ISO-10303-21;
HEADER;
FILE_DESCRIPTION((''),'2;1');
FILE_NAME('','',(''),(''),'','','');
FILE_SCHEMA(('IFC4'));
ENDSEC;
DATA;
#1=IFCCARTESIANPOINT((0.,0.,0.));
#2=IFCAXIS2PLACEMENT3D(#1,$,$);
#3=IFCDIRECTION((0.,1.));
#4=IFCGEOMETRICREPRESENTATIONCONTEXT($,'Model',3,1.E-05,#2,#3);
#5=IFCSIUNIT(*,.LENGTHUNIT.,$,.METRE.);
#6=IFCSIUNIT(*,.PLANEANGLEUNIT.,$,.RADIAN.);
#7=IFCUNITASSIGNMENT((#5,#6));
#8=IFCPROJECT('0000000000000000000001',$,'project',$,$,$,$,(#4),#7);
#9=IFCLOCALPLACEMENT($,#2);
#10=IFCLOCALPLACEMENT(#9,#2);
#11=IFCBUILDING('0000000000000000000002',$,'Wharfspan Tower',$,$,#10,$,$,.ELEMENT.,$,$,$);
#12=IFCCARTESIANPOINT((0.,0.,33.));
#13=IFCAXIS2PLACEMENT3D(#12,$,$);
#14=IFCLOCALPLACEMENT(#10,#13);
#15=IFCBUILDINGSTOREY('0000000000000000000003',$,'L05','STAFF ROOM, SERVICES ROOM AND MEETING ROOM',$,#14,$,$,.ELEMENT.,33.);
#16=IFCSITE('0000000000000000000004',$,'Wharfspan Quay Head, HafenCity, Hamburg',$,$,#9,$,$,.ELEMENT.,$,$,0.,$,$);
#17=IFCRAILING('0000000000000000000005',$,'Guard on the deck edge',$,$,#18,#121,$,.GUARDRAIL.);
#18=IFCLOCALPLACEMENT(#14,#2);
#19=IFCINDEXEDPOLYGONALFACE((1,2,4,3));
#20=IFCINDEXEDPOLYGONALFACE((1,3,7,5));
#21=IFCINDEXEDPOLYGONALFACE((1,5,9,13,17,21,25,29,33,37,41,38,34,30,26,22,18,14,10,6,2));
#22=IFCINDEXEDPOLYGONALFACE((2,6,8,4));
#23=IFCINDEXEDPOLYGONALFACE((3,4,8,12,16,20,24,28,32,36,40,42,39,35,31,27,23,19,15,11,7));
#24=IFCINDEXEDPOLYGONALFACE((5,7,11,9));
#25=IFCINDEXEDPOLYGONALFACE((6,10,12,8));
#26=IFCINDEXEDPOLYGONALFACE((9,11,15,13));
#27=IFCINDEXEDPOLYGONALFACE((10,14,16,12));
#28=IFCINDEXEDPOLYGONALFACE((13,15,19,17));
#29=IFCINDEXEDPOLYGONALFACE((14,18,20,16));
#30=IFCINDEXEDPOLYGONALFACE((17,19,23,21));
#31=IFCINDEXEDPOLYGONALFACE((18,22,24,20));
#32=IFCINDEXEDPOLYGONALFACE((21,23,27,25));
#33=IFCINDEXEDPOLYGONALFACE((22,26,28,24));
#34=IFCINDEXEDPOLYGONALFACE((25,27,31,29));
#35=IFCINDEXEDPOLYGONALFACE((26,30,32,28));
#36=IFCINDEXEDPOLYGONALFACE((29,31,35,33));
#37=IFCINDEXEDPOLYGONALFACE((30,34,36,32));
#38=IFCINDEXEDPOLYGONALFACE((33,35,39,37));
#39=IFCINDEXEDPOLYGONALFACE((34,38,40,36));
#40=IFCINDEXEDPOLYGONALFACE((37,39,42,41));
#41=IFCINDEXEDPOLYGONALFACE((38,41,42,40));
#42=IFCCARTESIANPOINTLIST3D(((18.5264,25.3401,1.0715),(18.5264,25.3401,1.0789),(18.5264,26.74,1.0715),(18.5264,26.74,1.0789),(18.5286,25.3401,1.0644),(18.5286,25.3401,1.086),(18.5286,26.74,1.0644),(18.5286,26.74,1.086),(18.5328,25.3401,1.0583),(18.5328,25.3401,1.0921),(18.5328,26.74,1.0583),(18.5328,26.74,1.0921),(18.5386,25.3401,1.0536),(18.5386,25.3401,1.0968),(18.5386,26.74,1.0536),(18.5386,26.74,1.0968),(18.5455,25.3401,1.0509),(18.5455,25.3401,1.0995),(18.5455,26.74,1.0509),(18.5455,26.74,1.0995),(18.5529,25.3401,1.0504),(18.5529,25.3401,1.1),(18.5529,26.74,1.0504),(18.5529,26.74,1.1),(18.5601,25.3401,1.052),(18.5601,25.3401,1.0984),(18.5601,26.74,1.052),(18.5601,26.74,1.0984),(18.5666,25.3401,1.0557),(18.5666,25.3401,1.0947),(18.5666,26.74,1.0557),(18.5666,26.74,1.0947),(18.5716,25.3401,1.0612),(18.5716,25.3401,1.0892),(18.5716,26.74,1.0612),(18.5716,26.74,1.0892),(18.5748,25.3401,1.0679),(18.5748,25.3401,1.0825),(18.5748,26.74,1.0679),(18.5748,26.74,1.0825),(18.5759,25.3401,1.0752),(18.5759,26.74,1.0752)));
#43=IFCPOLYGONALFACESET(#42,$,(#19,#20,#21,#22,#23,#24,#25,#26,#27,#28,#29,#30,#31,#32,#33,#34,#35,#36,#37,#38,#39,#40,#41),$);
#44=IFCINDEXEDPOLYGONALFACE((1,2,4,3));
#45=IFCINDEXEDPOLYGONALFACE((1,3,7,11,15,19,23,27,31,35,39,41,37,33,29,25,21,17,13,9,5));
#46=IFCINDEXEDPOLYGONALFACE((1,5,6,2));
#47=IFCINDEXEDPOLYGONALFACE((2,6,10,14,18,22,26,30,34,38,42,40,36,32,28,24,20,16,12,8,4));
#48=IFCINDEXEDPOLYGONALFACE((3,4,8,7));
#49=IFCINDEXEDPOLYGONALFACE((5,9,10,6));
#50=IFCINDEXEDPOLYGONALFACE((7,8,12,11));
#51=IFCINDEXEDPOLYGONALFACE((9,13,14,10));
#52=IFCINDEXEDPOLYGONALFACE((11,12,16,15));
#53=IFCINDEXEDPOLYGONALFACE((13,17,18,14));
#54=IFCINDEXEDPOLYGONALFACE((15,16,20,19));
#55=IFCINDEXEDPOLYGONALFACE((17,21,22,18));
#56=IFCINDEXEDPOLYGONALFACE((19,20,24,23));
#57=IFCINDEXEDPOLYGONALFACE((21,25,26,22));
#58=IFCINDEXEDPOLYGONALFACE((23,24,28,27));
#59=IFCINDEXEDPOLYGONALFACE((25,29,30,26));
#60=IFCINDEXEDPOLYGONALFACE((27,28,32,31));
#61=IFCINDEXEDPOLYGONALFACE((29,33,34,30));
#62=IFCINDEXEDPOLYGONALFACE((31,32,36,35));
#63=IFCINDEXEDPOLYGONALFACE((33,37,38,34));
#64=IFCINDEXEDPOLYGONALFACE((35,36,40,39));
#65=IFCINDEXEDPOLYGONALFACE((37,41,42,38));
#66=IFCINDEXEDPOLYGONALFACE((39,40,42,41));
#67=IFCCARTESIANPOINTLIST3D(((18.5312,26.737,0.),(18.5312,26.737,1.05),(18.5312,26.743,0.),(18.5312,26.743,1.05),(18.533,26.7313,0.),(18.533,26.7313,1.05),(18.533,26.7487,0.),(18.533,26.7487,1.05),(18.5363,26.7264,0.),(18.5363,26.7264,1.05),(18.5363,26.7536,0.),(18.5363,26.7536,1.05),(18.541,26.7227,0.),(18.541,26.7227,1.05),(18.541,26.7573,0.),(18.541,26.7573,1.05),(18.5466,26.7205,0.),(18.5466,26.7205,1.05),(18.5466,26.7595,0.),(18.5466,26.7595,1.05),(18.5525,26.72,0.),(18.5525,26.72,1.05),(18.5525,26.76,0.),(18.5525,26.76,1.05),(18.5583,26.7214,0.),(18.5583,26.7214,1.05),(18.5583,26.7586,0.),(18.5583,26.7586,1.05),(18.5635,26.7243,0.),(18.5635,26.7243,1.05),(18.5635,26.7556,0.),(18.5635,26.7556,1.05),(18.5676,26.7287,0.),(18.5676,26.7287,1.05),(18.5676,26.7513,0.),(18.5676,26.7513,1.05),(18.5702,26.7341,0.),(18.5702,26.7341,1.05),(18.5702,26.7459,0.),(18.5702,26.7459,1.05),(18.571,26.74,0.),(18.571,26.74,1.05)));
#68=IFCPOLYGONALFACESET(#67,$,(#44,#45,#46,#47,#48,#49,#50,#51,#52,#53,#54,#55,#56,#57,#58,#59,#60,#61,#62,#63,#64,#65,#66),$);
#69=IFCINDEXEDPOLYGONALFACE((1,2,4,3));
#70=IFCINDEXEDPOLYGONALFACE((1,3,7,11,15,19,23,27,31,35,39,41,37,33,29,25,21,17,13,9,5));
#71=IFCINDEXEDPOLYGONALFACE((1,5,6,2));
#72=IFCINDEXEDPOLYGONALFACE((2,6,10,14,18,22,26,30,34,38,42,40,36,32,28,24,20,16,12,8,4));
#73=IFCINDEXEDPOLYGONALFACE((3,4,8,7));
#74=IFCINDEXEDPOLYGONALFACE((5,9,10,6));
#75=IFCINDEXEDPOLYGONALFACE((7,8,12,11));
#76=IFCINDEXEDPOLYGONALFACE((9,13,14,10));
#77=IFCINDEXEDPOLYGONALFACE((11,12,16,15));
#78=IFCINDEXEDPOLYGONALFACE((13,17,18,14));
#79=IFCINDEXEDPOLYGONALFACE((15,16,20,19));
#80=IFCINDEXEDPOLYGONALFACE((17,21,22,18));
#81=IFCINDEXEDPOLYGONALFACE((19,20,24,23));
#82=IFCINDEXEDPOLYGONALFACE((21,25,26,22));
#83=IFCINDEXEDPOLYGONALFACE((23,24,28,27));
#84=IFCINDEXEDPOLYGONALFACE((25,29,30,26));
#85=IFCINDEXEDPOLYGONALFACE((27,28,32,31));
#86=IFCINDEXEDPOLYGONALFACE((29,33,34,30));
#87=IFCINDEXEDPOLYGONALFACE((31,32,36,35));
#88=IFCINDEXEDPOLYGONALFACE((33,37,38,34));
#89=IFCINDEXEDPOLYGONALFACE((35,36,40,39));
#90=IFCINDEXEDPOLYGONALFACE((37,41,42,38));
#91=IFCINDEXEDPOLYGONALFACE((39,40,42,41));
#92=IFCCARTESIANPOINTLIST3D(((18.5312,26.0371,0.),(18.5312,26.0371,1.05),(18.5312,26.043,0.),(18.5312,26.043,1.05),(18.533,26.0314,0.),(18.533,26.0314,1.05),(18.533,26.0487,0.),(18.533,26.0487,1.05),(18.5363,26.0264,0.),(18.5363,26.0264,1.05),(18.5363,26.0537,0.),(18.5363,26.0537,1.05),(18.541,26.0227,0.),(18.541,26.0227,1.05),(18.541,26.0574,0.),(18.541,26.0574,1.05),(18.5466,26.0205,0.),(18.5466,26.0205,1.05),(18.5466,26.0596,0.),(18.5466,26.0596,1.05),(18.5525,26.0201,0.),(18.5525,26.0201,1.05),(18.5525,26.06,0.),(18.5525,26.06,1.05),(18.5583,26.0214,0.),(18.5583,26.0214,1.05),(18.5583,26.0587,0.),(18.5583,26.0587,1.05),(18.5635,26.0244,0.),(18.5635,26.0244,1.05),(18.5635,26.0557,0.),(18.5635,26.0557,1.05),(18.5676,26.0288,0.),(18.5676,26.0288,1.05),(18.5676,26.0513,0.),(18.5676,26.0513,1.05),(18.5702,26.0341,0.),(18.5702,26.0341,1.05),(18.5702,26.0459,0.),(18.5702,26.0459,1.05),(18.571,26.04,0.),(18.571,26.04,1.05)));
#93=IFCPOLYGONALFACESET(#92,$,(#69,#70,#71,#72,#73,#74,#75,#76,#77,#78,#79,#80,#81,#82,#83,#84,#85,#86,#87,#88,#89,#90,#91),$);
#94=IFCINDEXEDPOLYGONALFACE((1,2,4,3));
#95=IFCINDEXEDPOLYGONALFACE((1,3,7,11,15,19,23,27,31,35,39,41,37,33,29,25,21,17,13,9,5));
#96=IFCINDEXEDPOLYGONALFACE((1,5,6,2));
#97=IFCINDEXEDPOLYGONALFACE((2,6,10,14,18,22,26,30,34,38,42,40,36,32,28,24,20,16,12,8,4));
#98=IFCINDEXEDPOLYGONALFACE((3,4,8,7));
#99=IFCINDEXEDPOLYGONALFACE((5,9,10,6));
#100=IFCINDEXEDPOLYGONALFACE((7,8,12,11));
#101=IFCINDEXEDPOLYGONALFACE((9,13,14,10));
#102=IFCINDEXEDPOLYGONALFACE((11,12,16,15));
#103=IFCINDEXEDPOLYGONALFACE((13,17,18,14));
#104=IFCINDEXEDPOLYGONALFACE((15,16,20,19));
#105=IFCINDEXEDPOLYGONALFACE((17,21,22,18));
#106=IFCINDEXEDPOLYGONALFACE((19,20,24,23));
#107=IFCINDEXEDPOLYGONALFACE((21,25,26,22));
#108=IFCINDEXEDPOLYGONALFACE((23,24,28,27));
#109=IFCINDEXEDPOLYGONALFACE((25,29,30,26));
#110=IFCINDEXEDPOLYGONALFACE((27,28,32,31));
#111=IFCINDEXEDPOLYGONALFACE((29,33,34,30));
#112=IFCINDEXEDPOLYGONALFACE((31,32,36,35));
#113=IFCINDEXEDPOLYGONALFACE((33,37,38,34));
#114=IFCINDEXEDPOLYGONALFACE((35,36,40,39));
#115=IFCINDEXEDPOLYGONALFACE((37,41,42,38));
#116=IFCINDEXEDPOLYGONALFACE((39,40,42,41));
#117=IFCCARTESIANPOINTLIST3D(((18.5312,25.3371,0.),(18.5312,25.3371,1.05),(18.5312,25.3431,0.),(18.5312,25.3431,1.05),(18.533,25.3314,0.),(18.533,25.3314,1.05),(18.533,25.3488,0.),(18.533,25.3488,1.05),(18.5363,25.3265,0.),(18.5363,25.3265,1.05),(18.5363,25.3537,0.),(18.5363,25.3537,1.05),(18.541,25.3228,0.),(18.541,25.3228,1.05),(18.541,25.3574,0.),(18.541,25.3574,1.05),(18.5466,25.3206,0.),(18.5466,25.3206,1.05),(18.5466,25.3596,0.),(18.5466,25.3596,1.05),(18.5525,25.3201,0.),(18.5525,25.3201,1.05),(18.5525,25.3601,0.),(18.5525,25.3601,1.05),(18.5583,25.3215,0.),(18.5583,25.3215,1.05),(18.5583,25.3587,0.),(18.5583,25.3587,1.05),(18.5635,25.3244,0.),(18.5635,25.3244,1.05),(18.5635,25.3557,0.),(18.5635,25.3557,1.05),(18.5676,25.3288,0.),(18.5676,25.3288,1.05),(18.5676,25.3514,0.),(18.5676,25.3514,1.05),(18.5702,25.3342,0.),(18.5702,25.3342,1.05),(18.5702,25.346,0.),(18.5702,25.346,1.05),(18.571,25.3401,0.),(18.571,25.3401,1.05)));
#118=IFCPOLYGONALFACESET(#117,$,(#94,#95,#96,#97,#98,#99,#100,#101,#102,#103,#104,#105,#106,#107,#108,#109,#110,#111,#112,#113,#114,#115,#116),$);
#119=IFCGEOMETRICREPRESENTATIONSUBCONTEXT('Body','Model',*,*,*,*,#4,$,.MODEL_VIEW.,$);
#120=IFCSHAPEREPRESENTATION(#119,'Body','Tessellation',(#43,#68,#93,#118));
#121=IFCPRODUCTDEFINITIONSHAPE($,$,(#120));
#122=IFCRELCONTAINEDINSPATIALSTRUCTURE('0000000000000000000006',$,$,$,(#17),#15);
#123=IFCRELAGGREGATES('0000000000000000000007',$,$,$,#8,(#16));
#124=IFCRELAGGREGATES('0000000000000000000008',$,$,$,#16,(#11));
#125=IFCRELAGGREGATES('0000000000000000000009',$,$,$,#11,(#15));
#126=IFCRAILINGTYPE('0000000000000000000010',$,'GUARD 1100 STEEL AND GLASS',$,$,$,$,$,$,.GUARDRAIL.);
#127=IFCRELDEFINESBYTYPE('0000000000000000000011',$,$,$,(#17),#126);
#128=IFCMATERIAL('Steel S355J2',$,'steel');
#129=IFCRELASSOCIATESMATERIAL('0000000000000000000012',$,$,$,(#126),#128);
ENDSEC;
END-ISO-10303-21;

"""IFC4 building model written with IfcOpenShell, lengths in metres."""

from ifc_helpers import new_model, si_unit, direction, frame, origin, origin_2d, place, context, subcontext, project, spatial, circle, extrude, material, type_object, element, save


model = new_model("IFC4")

# Units and contexts
model_context = context("Model", 3, precision=1e-05, world=origin(), true_north=direction((0.0, 1.0)))
body_context = subcontext(model_context, "Body", "Model", "MODEL_VIEW")
ifc_project = project(units=[si_unit("LENGTHUNIT", "METRE"), si_unit("PLANEANGLEUNIT", "RADIAN")], contexts=[model_context])

# Site, building, storey
site_placement = place(None, origin())
site = spatial("IfcSite", under=ifc_project, at=site_placement, Name="Wharfspan Quay Head, HafenCity, Hamburg", CompositionType="ELEMENT", RefElevation=0.0)
building_placement = place(site_placement, origin())
building = spatial("IfcBuilding", under=site, at=building_placement, Name="Wharfspan Tower", CompositionType="ELEMENT")
storey_placement = place(building_placement, frame((0.0, 0.0, 33.0)))
storey = spatial("IfcBuildingStorey", under=building, at=storey_placement, Name="L05", Description="STAFF ROOM, SERVICES ROOM AND MEETING ROOM", CompositionType="ELEMENT", Elevation=33.0)

# Railing
ifc_material_1 = material(Name="Steel S355J2", Category="steel")
railing_type = type_object("IfcRailingType", Name="GUARD 1100 STEEL AND GLASS", PredefinedType="GUARDRAIL", material=ifc_material_1)
railing_1_placement = place(storey_placement, frame((18.551, 26.74, 0.0)))
element("IfcRailing", 1, at=railing_1_placement, inside=storey, type_object=railing_type, Name="Guard on the deck edge", PredefinedType="GUARDRAIL", context=body_context, shape_type="SweptSolid", body=[
    extrude(circle(Radius=0.0249, at=origin_2d()), frame((0.0, 0.0, 1.0752), z_axis=(0.0, -1.0, 0.0), x_axis=(1.0, 0.0, 0.0)), (0.0, 0.0, 1.0), 1.3999),
    extrude(circle(Radius=0.02, at=origin_2d()), origin(), (0.0, 0.0, 1.0), 1.05),
    extrude(circle(Radius=0.02, at=origin_2d()), frame((0.0, -0.7, 0.0)), (0.0, 0.0, 1.0), 1.05),
    extrude(circle(Radius=0.02, at=origin_2d()), frame((0.0, -1.3999, 0.0)), (0.0, 0.0, 1.0), 1.05),
])

save(model, "model.ifc")
